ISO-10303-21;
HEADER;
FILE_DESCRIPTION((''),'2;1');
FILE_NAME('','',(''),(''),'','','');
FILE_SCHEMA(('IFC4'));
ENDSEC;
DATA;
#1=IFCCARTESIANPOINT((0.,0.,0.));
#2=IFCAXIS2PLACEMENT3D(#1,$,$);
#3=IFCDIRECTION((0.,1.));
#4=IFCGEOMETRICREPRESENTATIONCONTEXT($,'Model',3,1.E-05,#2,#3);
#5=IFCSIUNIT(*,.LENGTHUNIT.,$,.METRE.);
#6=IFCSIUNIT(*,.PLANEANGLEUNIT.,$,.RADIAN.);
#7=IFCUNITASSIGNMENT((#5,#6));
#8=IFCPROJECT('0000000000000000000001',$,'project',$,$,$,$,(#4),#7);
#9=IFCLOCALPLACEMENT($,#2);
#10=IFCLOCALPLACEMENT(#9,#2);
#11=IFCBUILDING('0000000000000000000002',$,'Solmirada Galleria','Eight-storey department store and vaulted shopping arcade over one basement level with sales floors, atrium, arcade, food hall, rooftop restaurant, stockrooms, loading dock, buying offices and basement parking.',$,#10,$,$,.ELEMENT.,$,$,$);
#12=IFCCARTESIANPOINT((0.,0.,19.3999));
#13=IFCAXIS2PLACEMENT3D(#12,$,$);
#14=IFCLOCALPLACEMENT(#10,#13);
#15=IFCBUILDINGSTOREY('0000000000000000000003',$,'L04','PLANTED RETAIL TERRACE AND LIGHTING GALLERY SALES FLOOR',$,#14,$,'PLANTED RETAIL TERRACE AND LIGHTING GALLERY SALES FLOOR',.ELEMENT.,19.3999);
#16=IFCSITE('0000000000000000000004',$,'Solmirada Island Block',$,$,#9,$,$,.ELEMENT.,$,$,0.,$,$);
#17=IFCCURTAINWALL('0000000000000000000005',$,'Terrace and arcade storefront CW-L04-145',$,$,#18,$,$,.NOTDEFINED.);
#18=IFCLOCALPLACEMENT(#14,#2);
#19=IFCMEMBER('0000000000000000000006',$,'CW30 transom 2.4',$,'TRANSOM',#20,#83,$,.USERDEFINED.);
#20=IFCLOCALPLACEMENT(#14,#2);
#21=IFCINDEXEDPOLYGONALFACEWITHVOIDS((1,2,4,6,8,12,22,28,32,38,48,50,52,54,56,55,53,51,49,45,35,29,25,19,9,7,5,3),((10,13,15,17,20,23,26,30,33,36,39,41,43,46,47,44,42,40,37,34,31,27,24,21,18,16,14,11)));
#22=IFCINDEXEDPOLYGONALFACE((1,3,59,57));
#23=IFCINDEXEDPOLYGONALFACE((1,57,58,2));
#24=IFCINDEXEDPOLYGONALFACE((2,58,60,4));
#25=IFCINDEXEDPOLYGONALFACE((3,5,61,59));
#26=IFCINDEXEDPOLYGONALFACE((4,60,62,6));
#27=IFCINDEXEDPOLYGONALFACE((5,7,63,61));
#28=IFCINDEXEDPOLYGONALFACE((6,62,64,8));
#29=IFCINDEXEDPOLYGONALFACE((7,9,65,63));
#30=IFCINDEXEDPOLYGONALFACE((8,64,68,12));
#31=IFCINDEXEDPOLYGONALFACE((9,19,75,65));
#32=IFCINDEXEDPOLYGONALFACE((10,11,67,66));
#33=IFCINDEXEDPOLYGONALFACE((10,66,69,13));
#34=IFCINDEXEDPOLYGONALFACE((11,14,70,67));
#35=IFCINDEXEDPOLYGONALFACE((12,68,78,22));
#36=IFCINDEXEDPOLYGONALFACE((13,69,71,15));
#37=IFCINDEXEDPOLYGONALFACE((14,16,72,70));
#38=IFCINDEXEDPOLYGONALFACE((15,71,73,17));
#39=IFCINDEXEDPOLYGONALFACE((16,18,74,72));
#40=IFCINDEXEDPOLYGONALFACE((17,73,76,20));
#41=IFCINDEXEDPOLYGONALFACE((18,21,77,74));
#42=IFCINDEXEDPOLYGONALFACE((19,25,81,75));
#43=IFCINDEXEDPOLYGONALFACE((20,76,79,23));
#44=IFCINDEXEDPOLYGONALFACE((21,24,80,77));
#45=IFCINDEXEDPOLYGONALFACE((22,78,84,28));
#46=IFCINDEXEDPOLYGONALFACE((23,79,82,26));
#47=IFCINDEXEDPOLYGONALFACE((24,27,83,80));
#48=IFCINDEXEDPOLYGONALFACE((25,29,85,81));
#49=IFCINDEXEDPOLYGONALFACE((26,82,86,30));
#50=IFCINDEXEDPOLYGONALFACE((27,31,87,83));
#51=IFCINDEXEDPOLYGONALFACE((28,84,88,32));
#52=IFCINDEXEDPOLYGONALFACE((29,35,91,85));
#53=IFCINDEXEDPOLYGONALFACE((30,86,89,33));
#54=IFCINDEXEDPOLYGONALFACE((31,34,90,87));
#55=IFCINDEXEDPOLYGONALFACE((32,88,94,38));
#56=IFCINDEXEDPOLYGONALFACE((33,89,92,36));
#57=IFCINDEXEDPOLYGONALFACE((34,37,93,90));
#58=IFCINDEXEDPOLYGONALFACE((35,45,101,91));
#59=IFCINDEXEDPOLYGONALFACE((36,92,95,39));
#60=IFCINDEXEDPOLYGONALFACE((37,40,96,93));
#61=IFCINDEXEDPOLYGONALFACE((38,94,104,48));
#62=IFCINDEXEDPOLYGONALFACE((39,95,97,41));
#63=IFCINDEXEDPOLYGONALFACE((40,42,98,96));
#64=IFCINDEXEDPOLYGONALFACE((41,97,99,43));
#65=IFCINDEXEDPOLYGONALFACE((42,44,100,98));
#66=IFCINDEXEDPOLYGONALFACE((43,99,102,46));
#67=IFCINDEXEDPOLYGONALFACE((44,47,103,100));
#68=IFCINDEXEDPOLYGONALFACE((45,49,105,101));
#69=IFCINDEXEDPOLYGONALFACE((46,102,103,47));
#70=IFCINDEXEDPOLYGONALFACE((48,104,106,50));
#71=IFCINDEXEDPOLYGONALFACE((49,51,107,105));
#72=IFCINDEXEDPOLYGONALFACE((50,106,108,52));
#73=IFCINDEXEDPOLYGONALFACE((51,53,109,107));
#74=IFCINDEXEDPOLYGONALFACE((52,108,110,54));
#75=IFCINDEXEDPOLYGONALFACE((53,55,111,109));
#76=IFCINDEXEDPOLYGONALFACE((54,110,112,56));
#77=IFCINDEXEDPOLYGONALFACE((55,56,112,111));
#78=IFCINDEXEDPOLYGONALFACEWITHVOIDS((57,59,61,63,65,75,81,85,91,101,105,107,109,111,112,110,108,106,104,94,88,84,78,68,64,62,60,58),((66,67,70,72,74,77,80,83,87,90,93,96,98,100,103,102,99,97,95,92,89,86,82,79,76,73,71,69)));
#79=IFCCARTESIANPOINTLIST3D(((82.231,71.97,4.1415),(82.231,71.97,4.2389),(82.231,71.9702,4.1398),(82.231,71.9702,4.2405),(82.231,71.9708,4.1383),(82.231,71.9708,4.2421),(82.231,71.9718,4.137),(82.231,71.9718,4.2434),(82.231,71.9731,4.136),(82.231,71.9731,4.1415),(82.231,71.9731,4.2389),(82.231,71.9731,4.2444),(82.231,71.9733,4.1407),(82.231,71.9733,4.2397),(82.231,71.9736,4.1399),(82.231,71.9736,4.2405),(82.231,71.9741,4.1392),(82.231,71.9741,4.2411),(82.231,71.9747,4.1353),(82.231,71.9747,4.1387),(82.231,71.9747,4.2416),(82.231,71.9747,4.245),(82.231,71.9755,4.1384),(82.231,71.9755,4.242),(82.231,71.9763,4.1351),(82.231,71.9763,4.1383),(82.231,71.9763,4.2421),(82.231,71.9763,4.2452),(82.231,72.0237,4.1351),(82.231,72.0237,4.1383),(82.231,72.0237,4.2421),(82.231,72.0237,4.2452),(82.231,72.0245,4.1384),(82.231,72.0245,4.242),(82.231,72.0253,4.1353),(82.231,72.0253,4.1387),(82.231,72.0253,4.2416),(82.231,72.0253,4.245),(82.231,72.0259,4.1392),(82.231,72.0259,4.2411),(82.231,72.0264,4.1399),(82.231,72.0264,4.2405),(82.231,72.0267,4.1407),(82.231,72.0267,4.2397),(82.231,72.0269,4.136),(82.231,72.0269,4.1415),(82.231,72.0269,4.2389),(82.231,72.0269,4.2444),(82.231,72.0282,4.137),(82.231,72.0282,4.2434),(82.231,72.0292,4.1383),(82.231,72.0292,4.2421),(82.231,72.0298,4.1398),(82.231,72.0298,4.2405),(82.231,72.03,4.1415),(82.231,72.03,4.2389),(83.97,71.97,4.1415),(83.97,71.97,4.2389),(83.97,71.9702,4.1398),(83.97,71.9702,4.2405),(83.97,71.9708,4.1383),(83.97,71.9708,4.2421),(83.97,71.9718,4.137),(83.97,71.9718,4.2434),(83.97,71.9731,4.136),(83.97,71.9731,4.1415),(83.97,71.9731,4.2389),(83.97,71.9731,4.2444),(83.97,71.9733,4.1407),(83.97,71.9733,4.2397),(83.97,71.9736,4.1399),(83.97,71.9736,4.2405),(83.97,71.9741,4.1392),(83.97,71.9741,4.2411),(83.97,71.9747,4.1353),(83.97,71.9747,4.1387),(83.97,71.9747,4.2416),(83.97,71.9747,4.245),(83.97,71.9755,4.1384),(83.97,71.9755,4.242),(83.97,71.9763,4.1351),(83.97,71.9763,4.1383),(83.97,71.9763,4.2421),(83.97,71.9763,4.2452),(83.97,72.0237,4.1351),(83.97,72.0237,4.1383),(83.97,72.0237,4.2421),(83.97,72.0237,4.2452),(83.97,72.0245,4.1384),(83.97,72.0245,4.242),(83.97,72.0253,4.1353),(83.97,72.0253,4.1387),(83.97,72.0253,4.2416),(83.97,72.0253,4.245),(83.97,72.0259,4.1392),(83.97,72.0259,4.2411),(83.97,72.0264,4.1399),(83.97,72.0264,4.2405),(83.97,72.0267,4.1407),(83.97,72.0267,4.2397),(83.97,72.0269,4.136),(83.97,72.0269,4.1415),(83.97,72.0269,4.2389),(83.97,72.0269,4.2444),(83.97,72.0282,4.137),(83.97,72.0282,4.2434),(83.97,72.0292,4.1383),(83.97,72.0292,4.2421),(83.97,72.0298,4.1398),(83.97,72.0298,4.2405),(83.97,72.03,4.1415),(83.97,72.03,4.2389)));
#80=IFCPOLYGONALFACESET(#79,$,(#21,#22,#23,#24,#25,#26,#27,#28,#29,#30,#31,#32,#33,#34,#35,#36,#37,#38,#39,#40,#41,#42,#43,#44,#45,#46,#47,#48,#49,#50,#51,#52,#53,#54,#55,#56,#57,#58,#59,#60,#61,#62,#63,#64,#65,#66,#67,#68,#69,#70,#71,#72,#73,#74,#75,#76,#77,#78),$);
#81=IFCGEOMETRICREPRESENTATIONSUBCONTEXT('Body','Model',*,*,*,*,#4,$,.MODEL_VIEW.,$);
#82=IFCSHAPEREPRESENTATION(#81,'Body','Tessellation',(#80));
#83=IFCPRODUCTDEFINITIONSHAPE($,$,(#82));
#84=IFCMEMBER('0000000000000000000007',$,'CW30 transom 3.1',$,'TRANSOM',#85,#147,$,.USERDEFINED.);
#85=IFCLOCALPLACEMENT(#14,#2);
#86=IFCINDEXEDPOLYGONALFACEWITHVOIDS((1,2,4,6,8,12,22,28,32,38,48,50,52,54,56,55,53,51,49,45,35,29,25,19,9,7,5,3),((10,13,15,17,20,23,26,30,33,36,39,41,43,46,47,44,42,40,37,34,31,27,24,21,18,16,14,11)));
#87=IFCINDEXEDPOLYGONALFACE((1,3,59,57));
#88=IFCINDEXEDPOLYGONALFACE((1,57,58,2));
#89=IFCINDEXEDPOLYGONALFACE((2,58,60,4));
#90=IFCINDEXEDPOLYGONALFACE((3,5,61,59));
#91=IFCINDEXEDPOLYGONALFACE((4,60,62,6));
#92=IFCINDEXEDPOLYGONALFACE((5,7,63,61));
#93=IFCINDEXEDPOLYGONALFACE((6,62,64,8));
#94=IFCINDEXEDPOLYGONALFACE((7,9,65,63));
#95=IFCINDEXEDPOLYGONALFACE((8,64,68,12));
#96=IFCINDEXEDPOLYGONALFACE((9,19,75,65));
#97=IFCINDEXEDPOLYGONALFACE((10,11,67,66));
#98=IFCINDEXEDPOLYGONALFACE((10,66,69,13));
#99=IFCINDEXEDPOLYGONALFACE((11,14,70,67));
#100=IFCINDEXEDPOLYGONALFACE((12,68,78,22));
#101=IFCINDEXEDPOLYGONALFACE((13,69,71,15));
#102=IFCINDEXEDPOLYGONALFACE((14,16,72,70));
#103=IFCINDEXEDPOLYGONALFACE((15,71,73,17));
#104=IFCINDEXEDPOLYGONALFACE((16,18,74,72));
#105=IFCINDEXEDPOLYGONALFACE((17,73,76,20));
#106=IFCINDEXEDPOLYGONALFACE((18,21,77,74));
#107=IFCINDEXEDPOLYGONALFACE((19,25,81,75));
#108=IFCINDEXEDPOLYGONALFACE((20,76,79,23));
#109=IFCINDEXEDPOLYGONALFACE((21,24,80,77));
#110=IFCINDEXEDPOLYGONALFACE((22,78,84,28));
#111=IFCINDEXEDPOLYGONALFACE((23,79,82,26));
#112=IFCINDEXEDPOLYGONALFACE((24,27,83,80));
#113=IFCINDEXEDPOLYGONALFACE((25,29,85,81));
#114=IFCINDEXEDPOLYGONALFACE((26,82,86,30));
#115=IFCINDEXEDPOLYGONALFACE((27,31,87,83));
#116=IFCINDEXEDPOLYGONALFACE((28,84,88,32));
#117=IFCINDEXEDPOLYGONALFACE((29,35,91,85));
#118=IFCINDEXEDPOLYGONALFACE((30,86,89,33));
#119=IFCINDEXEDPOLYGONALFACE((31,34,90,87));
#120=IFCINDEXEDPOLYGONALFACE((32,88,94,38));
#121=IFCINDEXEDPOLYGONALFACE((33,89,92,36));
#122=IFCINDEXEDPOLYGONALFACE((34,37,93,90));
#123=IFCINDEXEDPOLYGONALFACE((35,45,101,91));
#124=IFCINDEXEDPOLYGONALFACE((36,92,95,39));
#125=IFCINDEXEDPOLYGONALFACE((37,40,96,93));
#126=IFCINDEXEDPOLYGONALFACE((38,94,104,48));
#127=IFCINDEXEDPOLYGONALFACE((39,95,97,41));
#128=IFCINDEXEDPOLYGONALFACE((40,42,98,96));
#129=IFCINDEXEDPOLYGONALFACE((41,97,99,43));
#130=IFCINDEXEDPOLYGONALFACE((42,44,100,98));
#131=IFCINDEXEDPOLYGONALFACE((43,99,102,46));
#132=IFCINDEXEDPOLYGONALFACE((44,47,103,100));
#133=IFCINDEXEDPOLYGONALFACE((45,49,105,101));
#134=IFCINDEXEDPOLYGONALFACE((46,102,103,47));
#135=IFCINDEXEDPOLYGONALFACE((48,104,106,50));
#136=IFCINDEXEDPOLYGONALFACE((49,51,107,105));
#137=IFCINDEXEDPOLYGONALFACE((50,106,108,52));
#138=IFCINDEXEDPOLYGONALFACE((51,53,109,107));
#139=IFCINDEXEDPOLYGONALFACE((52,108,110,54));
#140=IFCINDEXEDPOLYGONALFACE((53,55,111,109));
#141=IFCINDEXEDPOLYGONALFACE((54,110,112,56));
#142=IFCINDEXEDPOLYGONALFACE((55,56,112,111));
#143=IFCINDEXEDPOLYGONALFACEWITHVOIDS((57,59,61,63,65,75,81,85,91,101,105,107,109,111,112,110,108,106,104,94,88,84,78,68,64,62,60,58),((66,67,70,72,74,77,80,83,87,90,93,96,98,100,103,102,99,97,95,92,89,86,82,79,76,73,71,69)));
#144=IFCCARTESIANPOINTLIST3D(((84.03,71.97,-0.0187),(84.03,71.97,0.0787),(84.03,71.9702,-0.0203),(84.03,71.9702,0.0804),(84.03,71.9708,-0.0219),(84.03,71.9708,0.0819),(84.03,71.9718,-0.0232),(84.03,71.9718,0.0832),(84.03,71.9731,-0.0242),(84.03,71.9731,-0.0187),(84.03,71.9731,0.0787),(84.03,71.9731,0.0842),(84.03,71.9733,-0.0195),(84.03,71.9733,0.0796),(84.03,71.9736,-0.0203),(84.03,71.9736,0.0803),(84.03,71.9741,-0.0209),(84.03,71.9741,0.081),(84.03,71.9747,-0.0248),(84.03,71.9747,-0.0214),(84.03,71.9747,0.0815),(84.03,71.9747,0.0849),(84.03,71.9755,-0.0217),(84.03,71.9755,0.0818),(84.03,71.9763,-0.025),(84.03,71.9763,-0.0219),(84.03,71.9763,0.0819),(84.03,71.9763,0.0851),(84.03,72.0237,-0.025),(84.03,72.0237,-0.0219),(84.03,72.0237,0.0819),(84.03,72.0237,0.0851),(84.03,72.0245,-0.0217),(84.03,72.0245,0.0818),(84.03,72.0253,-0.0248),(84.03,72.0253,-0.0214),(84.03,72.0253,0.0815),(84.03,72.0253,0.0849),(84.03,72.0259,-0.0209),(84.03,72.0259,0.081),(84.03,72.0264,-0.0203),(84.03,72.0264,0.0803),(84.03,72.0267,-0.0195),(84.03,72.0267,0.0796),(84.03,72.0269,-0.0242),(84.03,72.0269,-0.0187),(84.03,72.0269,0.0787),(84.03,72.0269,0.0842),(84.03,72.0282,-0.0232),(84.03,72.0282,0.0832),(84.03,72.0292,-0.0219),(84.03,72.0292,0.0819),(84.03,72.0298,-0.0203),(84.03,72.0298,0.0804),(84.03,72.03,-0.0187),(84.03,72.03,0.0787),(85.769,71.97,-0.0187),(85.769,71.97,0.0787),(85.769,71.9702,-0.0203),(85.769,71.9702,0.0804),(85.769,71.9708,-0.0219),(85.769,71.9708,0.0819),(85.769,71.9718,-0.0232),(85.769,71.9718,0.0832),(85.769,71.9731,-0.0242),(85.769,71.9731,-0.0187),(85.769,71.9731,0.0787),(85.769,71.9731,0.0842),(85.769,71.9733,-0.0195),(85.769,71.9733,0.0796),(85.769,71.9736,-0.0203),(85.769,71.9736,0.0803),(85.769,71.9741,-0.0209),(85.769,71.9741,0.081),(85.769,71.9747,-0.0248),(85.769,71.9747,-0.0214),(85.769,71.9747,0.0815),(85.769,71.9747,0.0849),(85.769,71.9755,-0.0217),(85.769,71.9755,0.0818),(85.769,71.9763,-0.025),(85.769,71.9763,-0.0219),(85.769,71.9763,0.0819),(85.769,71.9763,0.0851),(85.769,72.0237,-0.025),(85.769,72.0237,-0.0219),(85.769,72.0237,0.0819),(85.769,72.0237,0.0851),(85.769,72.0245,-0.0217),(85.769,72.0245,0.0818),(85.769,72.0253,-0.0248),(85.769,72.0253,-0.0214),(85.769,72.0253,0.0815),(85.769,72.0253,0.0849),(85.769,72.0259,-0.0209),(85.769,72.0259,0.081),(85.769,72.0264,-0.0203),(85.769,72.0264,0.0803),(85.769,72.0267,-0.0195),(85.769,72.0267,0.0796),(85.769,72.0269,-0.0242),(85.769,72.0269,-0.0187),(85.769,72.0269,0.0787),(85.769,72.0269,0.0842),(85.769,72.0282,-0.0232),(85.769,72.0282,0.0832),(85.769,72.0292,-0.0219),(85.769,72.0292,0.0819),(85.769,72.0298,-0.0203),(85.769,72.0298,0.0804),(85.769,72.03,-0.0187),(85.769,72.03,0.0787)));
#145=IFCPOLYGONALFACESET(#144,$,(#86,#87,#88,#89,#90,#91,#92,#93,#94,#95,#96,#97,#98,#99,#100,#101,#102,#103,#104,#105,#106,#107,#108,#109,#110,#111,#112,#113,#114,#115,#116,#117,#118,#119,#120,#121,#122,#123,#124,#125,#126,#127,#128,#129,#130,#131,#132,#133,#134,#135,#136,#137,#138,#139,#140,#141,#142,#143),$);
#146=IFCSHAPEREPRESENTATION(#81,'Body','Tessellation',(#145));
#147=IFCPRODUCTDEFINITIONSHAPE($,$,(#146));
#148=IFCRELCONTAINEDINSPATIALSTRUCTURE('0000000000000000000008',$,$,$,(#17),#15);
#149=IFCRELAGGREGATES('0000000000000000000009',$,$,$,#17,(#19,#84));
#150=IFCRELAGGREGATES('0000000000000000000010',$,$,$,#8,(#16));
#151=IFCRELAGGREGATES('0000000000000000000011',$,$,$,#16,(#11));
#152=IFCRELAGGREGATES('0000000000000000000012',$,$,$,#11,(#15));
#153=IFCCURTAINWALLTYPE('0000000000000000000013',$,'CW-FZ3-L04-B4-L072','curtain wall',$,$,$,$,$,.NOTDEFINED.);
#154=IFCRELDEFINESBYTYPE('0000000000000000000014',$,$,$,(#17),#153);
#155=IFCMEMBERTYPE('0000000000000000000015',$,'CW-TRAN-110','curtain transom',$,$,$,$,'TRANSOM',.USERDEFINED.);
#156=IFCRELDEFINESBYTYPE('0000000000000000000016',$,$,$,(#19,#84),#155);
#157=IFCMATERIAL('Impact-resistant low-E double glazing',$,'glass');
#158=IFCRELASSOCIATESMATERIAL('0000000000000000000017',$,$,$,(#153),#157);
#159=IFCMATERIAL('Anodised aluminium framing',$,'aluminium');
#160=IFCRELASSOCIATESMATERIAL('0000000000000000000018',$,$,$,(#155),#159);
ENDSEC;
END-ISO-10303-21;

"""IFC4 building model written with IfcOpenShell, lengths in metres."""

from ifc_helpers import new_model, si_unit, direction, frame, origin, origin_2d, place, context, subcontext, project, spatial, hollow_rectangle, extrude, material, material_profile, profile_set, type_object, element, aggregate, save


model = new_model("IFC4")

# Units and contexts
model_context = context("Model", 3, precision=1e-05, world=origin(), true_north=direction((0.0, 1.0)))
body_context = subcontext(model_context, "Body", "Model", "MODEL_VIEW")
ifc_project = project(units=[si_unit("LENGTHUNIT", "METRE"), si_unit("PLANEANGLEUNIT", "RADIAN")], contexts=[model_context])

# Site, building, storey
site_placement = place(None, origin())
site = spatial("IfcSite", under=ifc_project, at=site_placement, Name="Solmirada Island Block", CompositionType="ELEMENT", RefElevation=0.0)
building_placement = place(site_placement, origin())
building = spatial("IfcBuilding", under=site, at=building_placement, Name="Solmirada Galleria", Description="Eight-storey department store and vaulted shopping arcade over one basement level with sales floors, atrium, arcade, food hall, rooftop restaurant, stockrooms, loading dock, buying offices and basement parking.", CompositionType="ELEMENT")
storey_placement = place(building_placement, frame((0.0, 0.0, 19.3999)))
storey = spatial("IfcBuildingStorey", under=building, at=storey_placement, Name="L04", Description="PLANTED RETAIL TERRACE AND LIGHTING GALLERY SALES FLOOR", LongName="PLANTED RETAIL TERRACE AND LIGHTING GALLERY SALES FLOOR", CompositionType="ELEMENT", Elevation=19.3999)

# Curtain wall
ifc_material_1 = material(Name="Impact-resistant low-E double glazing", Category="glass")
curtain_wall_type = type_object("IfcCurtainWallType", Name="CW-FZ3-L04-B4-L072", Description="curtain wall", PredefinedType="NOTDEFINED", material=ifc_material_1)
curtain_wall_1_placement = place(storey_placement, origin())
curtain_wall_1 = element("IfcCurtainWall", 1, at=curtain_wall_1_placement, inside=storey, type_object=curtain_wall_type, Name="Terrace and arcade storefront CW-L04-145", PredefinedType="NOTDEFINED")
ifc_material_2 = material(Name="Anodised aluminium framing", Category="aluminium")

# Members
ifc_material_profile_1 = material_profile(ifc_material_2, hollow_rectangle(XDim=0.0601, YDim=0.1101, WallThickness=0.0032, InnerFilletRadius=0.0032, OuterFilletRadius=0.0063, at=origin_2d()), Name="ALU-TRAN-110X60")
ifc_profile_set_1 = profile_set([ifc_material_profile_1], Name="Anodised aluminium framing")
member_type_1 = type_object("IfcMemberType", Name="CW-TRAN-110", Description="curtain transom", ElementType="TRANSOM", PredefinedType="USERDEFINED", material=ifc_profile_set_1)
member_1_placement = place(storey_placement, frame((82.231, 72.0, 4.1902), z_axis=(1.0, 0.0, 0.0), x_axis=(0.0, 1.0, 0.0)))
member_1 = element("IfcMember", 2, at=member_1_placement, type_object=member_type_1, Name="CW30 transom 2.4", ObjectType="TRANSOM", PredefinedType="USERDEFINED", context=body_context, shape_type="SweptSolid", body=[
    extrude(hollow_rectangle(XDim=0.0601, YDim=0.1101, WallThickness=0.0032, InnerFilletRadius=0.0032, OuterFilletRadius=0.0063, at=origin_2d()), origin(), (0.0, 0.0, 1.0), 1.739),
])
member_2_placement = place(storey_placement, frame((84.03, 72.0, 0.03), z_axis=(1.0, 0.0, 0.0), x_axis=(0.0, 1.0, 0.0)))
member_2 = element("IfcMember", 3, at=member_2_placement, type_object=member_type_1, Name="CW30 transom 3.1", ObjectType="TRANSOM", PredefinedType="USERDEFINED", context=body_context, shape_type="SweptSolid", body=[
    extrude(hollow_rectangle(XDim=0.0601, YDim=0.1101, WallThickness=0.0032, InnerFilletRadius=0.0032, OuterFilletRadius=0.0063, at=origin_2d()), origin(), (0.0, 0.0, 1.0), 1.739),
])

aggregate(curtain_wall_1, [member_1, member_2])

save(model, "model.ifc")
